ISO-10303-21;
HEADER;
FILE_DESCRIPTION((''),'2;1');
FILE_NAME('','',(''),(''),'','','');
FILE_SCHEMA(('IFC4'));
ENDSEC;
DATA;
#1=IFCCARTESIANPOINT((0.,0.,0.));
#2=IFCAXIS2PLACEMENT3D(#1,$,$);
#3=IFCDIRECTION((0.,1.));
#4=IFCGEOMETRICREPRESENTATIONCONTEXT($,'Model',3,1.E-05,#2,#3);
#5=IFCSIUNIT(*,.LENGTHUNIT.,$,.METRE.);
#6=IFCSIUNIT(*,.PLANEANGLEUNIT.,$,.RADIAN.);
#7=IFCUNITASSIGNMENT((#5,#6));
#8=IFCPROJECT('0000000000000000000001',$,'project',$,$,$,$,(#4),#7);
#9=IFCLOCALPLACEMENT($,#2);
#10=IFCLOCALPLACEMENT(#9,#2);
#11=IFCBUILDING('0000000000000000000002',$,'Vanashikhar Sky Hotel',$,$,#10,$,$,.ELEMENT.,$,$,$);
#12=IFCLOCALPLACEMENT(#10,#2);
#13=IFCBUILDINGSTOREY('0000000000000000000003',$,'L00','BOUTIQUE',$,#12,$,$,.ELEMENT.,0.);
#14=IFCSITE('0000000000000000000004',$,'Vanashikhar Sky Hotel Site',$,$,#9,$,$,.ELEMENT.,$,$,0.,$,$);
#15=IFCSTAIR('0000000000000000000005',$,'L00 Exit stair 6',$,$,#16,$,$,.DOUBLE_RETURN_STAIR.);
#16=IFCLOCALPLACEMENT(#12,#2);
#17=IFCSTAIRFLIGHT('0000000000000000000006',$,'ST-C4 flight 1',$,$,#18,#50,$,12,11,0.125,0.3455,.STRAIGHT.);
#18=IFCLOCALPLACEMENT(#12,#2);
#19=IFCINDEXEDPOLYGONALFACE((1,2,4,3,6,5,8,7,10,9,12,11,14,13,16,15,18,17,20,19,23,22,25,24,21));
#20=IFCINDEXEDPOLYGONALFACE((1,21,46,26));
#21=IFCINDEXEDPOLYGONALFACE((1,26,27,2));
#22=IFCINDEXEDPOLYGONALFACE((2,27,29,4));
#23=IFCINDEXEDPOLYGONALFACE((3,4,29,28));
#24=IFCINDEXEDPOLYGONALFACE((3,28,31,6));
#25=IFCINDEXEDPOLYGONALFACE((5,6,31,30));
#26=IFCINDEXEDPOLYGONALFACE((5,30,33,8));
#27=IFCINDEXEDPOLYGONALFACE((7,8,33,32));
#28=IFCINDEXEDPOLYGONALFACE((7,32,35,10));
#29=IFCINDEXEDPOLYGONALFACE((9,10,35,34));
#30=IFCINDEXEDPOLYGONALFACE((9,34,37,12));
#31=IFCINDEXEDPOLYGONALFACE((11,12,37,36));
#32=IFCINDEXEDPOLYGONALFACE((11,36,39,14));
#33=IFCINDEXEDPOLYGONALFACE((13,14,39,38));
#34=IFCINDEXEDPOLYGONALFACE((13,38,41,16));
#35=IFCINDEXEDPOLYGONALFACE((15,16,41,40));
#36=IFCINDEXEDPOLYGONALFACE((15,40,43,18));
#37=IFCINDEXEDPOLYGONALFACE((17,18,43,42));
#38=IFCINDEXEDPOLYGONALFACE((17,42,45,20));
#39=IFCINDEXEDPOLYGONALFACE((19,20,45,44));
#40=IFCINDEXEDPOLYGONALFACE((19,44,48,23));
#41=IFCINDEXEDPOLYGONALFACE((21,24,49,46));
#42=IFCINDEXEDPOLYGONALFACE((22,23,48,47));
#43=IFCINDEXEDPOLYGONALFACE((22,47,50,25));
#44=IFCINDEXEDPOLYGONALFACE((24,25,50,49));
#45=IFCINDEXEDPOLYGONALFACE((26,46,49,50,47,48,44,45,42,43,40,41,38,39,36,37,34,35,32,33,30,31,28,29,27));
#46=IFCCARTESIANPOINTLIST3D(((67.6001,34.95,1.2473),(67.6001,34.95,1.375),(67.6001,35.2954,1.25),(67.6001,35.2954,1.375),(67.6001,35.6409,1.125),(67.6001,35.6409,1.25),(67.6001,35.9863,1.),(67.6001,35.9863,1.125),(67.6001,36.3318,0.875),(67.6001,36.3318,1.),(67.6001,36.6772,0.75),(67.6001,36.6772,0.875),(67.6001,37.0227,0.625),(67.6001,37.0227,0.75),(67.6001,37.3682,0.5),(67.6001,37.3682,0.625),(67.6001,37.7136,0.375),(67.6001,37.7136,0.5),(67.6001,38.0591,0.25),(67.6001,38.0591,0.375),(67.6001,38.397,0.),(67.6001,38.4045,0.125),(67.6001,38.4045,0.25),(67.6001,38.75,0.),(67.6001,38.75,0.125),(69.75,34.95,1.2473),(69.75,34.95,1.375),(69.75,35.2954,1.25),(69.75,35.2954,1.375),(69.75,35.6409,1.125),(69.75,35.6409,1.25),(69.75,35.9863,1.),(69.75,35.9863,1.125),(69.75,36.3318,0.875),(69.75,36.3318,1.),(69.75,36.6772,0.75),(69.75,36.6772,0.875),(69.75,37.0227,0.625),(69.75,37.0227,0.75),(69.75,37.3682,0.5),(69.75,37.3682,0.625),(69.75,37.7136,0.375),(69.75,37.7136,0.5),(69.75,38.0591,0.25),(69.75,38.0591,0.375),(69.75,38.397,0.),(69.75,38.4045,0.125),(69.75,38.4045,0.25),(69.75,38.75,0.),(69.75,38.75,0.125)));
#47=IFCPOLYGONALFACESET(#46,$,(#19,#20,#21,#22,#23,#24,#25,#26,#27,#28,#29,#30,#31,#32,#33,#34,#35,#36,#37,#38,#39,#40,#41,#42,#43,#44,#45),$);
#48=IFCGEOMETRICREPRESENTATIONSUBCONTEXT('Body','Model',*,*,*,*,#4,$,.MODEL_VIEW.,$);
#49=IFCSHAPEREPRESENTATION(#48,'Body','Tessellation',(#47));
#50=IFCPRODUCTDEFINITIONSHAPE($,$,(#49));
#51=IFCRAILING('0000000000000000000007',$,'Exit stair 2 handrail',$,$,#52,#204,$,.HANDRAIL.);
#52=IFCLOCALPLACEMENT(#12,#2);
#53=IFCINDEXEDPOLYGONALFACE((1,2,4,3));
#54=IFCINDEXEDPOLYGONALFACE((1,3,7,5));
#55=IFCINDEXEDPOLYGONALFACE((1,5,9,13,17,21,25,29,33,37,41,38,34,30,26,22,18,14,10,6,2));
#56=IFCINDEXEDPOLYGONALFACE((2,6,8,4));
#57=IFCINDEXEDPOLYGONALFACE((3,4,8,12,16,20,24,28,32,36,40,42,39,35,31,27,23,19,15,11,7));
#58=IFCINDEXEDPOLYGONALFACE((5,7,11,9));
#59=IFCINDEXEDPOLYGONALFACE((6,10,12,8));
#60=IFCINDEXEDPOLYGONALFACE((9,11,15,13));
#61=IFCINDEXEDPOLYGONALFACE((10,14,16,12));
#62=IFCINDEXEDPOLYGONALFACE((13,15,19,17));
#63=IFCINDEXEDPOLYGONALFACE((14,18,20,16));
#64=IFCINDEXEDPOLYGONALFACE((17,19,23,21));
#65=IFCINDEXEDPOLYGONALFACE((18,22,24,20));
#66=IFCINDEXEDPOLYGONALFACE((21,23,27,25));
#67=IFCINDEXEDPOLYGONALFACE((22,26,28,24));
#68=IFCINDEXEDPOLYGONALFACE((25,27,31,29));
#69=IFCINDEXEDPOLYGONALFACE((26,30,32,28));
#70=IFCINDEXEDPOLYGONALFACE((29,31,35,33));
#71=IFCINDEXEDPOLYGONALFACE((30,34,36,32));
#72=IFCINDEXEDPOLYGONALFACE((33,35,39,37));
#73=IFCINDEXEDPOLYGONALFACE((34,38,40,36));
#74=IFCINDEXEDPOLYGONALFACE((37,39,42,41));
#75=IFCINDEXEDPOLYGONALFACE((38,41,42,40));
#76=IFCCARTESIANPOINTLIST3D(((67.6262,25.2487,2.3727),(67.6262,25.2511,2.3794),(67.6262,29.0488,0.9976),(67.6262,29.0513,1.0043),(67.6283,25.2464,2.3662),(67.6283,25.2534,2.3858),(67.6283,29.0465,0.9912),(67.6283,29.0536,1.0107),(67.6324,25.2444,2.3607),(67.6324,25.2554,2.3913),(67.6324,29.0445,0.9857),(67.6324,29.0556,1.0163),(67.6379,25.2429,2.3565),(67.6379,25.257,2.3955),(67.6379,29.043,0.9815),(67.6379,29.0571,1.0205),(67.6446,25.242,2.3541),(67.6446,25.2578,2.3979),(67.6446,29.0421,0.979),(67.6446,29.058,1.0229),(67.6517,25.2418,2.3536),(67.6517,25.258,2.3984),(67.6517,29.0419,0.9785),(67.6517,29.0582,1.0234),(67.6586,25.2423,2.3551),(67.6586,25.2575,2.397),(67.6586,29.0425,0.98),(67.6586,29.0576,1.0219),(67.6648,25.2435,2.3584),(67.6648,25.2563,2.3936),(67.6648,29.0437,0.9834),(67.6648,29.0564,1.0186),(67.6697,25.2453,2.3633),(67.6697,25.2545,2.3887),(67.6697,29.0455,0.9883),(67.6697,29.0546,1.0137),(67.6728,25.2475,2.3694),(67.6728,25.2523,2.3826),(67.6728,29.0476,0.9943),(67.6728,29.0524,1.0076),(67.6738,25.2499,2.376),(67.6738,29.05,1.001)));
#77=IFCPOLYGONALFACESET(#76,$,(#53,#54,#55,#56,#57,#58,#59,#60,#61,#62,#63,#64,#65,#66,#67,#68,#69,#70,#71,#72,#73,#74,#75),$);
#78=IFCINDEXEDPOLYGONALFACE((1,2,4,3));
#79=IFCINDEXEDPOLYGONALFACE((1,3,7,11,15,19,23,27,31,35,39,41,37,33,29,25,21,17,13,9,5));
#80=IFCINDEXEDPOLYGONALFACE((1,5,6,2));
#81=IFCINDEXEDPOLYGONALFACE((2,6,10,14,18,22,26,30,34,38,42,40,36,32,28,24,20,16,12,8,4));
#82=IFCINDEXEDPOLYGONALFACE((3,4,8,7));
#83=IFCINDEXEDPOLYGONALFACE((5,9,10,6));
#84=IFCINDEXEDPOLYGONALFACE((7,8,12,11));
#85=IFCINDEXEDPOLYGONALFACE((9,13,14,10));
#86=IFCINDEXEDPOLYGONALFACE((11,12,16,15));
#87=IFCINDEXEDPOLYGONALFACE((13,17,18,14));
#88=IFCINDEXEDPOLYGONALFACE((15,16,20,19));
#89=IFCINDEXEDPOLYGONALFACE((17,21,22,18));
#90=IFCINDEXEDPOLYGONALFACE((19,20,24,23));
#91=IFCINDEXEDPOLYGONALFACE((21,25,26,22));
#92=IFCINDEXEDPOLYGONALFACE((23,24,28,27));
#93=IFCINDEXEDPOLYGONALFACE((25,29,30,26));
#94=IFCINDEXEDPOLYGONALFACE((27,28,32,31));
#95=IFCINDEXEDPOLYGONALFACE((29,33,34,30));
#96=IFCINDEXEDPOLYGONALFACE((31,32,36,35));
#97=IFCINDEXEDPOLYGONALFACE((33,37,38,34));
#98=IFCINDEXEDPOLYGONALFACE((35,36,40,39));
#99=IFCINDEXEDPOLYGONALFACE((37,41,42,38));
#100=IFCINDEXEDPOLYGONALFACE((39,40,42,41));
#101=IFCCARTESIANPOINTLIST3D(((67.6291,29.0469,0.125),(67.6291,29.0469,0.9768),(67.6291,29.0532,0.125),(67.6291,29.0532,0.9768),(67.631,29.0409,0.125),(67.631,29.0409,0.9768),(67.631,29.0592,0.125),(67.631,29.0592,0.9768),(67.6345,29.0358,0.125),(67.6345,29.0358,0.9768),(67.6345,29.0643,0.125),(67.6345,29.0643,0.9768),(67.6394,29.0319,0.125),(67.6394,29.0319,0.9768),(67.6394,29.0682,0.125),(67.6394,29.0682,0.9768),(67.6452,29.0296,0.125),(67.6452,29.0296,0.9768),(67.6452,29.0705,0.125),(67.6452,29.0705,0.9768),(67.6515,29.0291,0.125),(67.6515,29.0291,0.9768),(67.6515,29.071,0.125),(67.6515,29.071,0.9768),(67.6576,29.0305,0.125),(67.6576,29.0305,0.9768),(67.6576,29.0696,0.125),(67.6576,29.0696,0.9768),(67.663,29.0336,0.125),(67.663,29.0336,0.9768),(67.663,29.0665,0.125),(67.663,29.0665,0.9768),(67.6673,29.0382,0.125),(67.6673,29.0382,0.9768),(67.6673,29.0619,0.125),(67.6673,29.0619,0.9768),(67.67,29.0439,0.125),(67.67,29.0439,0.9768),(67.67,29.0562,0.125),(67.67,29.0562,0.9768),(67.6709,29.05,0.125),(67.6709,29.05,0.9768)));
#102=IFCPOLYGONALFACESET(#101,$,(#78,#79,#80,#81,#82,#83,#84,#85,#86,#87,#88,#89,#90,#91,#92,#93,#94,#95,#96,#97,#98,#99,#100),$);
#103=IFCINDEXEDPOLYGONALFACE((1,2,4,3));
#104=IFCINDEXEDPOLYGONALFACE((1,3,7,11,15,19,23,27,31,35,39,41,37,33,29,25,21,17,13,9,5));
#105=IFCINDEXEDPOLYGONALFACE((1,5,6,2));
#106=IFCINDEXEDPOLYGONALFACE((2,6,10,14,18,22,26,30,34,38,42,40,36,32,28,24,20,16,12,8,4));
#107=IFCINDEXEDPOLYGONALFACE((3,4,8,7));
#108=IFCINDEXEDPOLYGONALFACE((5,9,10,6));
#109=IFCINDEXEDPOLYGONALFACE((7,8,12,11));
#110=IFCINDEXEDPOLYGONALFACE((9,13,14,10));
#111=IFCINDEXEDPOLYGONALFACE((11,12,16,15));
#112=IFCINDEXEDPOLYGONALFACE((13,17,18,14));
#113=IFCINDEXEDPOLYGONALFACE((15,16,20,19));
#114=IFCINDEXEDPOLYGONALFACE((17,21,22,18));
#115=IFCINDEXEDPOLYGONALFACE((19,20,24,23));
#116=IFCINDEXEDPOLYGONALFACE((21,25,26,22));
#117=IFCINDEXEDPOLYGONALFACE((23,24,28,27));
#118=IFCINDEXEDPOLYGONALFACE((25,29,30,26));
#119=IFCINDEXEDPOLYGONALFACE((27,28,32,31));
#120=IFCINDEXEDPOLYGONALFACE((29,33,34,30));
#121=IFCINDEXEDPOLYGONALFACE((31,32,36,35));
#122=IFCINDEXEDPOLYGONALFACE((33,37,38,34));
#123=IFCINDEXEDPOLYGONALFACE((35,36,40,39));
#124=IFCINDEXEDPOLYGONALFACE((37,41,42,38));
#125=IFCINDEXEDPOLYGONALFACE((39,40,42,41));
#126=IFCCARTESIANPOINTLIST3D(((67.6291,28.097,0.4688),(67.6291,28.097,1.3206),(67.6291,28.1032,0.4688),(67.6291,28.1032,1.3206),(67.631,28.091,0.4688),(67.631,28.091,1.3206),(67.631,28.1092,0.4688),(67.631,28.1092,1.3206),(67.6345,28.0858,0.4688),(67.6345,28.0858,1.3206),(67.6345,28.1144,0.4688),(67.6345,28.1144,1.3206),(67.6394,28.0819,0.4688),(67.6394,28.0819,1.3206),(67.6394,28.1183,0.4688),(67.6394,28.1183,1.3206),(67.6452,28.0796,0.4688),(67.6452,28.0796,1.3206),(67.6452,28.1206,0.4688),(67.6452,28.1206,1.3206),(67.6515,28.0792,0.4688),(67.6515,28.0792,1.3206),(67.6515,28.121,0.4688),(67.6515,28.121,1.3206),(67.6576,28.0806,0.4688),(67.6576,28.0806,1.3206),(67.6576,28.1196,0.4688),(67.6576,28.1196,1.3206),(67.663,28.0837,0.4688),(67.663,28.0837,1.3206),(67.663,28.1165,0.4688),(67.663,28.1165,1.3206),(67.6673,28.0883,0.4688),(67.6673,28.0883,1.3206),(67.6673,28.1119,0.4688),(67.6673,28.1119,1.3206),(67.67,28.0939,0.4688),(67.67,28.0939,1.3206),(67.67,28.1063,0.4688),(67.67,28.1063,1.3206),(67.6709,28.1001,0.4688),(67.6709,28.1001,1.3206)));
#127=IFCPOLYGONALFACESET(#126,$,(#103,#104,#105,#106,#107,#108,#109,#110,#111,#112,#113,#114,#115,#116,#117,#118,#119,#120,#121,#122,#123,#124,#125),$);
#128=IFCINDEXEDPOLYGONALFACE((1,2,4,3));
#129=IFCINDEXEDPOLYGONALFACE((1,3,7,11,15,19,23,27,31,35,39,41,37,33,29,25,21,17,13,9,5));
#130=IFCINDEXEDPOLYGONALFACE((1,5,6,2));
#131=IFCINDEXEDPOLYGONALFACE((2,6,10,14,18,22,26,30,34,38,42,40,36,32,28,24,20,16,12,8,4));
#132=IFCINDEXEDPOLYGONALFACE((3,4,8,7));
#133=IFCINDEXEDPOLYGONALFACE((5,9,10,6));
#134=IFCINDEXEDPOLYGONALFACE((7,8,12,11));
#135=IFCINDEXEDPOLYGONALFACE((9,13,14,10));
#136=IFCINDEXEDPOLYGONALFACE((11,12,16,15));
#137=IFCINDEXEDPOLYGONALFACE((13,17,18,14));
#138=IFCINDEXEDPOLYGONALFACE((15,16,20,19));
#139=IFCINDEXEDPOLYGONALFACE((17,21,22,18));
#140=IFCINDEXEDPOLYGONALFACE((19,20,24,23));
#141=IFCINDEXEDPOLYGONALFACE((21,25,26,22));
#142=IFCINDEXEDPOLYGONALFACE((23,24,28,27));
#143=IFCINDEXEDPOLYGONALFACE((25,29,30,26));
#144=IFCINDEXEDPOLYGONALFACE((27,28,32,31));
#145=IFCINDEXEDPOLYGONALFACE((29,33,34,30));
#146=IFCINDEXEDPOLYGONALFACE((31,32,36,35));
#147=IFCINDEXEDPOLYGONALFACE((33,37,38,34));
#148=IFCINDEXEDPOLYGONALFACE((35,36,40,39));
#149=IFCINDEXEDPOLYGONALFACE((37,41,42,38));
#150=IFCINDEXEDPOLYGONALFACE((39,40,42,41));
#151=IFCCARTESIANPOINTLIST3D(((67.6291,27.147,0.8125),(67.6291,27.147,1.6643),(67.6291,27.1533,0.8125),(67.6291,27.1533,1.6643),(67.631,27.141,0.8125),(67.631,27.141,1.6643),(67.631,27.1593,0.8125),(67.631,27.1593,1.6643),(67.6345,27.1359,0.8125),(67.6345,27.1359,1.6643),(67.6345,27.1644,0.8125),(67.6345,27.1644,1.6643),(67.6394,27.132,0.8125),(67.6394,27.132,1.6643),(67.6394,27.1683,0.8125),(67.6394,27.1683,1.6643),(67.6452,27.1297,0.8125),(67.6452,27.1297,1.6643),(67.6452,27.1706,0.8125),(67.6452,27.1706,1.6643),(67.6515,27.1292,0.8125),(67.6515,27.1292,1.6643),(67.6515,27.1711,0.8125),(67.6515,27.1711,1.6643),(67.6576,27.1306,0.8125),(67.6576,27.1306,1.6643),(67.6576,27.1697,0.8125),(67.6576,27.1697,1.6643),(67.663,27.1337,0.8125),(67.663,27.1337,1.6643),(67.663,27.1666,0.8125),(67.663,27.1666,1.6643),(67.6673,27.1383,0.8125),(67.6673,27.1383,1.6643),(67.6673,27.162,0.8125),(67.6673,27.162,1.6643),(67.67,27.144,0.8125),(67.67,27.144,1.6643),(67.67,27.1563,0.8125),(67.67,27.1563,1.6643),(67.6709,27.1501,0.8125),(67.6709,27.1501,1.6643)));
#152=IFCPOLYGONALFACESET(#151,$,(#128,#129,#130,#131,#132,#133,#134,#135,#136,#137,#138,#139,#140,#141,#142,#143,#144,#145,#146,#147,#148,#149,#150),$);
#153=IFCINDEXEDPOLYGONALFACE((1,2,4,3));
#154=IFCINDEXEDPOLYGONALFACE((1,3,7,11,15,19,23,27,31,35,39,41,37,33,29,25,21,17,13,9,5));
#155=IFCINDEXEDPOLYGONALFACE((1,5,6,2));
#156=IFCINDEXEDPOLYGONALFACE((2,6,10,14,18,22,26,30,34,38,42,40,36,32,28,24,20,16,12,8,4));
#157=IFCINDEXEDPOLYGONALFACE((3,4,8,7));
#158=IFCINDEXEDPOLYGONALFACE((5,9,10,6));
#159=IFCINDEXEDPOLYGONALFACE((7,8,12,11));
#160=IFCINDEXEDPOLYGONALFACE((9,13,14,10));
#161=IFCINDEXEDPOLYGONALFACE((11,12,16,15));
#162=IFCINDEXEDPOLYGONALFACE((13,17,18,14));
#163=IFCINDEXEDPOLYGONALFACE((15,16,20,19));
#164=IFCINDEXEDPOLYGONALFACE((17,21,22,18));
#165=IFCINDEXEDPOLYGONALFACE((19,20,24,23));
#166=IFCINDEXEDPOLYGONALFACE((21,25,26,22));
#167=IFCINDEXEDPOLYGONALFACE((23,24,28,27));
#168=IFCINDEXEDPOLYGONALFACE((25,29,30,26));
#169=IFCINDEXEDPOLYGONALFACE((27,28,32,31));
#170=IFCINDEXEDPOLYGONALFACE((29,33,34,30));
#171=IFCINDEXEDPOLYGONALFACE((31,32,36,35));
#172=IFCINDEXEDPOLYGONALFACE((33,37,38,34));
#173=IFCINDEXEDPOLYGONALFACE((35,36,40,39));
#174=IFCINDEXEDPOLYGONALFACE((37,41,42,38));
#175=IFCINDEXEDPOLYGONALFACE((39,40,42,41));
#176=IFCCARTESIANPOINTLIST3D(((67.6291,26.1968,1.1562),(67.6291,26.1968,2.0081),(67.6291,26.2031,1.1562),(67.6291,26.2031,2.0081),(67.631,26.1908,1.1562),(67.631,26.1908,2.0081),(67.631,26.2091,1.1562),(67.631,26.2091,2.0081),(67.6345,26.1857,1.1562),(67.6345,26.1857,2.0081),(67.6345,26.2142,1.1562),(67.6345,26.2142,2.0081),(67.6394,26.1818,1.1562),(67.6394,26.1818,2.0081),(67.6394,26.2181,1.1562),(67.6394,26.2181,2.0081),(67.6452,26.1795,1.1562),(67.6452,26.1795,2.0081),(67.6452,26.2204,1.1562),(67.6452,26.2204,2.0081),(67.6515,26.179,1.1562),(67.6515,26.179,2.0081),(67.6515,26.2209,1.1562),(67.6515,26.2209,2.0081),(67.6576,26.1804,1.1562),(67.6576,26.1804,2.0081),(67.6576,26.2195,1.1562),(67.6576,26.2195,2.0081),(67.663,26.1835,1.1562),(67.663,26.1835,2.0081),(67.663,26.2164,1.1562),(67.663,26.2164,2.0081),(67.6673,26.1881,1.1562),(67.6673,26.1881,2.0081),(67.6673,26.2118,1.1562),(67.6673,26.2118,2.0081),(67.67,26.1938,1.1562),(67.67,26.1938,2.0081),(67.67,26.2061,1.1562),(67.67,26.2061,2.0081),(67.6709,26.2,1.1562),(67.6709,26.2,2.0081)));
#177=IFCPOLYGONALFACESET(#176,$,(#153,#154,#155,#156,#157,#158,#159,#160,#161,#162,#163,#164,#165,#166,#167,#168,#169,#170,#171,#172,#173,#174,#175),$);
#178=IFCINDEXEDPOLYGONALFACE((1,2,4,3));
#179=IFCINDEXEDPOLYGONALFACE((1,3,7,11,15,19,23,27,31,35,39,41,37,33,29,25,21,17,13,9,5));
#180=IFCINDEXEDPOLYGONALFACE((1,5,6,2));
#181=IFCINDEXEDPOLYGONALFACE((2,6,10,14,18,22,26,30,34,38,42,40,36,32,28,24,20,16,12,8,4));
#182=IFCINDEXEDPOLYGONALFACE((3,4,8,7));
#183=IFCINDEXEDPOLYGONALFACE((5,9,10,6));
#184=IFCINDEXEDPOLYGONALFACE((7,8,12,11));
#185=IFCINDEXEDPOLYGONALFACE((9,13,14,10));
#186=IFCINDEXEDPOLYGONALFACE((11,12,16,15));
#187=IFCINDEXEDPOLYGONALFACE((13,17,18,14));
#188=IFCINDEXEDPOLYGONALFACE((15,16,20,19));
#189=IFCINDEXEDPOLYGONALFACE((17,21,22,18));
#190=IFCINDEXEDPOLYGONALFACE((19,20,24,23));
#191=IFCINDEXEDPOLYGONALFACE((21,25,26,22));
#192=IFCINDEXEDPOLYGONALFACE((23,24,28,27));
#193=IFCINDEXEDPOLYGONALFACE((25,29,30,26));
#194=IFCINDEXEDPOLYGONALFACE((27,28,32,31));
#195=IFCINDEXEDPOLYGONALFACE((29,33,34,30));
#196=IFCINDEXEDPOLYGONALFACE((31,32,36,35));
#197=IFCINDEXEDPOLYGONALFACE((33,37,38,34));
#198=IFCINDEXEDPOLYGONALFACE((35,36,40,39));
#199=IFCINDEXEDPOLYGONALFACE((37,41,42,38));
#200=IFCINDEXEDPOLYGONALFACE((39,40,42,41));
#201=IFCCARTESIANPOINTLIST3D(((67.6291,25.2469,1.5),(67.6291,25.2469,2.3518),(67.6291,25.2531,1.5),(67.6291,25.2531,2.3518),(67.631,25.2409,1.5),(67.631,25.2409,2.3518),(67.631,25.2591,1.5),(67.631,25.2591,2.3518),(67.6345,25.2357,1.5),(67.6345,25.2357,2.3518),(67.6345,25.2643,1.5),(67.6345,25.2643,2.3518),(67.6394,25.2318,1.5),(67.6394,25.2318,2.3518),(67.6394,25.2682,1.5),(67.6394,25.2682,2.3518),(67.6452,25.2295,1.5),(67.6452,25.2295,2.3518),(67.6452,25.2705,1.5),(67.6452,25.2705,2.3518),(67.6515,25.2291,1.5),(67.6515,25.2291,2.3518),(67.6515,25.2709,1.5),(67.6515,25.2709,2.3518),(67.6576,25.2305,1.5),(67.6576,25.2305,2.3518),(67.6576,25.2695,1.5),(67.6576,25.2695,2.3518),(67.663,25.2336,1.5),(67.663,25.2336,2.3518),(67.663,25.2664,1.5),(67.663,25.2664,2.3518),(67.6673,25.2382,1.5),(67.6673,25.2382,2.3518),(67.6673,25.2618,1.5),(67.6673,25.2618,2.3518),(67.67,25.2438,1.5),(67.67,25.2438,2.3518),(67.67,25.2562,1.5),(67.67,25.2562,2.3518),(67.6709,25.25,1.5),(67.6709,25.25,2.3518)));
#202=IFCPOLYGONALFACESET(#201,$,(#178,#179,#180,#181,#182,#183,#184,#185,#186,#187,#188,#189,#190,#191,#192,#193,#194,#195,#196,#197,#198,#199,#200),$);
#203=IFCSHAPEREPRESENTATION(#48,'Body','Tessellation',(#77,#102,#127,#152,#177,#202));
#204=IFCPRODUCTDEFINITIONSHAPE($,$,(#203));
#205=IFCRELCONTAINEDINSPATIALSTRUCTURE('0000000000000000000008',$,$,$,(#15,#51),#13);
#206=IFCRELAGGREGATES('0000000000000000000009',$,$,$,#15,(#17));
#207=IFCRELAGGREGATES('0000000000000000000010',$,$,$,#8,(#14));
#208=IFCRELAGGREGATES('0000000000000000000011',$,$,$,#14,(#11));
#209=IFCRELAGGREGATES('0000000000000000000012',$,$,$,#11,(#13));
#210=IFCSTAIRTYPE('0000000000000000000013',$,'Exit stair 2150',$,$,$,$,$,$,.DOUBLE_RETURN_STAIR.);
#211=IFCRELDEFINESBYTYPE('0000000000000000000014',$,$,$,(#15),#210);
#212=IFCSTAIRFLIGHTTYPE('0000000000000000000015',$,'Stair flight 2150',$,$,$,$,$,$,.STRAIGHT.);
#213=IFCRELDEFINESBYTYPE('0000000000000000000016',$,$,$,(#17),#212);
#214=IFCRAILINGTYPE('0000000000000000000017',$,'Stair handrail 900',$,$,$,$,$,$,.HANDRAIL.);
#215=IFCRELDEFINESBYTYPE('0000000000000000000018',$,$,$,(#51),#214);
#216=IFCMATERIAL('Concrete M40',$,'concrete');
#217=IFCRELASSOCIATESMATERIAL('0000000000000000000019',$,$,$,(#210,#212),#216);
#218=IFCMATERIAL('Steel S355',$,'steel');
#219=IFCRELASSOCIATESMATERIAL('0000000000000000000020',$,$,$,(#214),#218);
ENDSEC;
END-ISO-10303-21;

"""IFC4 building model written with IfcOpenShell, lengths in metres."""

from ifc_helpers import new_model, si_unit, direction, frame, origin, origin_2d, place, context, subcontext, project, spatial, polyline, circle, outline, extrude, source, transform, mapped, material, type_object, element, aggregate, save


model = new_model("IFC4")

# Units and contexts
model_context = context("Model", 3, precision=1e-05, world=origin(), true_north=direction((0.0, 1.0)))
body_context = subcontext(model_context, "Body", "Model", "MODEL_VIEW")
ifc_project = project(units=[si_unit("LENGTHUNIT", "METRE"), si_unit("PLANEANGLEUNIT", "RADIAN")], contexts=[model_context])

# Site, building, storey
site_placement = place(None, origin())
site = spatial("IfcSite", under=ifc_project, at=site_placement, Name="Vanashikhar Sky Hotel Site", CompositionType="ELEMENT", RefElevation=0.0)
building_placement = place(site_placement, origin())
building = spatial("IfcBuilding", under=site, at=building_placement, Name="Vanashikhar Sky Hotel", CompositionType="ELEMENT")
storey_placement = place(building_placement, origin())
storey = spatial("IfcBuildingStorey", under=building, at=storey_placement, Name="L00", Description="BOUTIQUE", CompositionType="ELEMENT", Elevation=0.0)

# Shared definitions
ifc_material_1 = material(Name="Concrete M40", Category="concrete")

# Shared definitions
stair_type = type_object("IfcStairType", Name="Exit stair 2150", PredefinedType="DOUBLE_RETURN_STAIR", material=ifc_material_1)
stair_flight_type = type_object("IfcStairFlightType", Name="Stair flight 2150", PredefinedType="STRAIGHT", material=ifc_material_1)
shared_shape_1 = source(origin(), body_context, "Body", "SweptSolid", [
    extrude(outline(polyline([(0.0, 0.0), (0.0, 0.125), (0.3455, 0.125), (0.3455, 0.25), (0.6909, 0.25), (0.6909, 0.375), (1.0364, 0.375), (1.0364, 0.5), (1.3818, 0.5), (1.3818, 0.625), (1.7273, 0.625), (1.7273, 0.75), (2.0728, 0.75), (2.0728, 0.875), (2.4182, 0.875), (2.4182, 1.0), (2.7637, 1.0), (2.7637, 1.125), (3.1091, 1.125), (3.1091, 1.25), (3.4546, 1.25), (3.4546, 1.375), (3.8, 1.375), (3.8, 1.5), (3.8, 1.2473), (0.353, 0.0), (0.0, 0.0)])), frame((0.0, 1.075, 0.0), z_axis=(0.0, -1.0, 0.0), x_axis=(1.0, 0.0, 0.0)), (0.0, 0.0, 1.0), 2.1499),
])

# Stair, stair flight
stair_1_placement = place(storey_placement, origin())
stair_1 = element("IfcStair", 1, at=stair_1_placement, inside=storey, type_object=stair_type, Name="L00 Exit stair 6", PredefinedType="DOUBLE_RETURN_STAIR")
stair_flight_1_placement = place(storey_placement, frame((68.675, 38.75, 0.0), z_axis=(0.0, 0.0, 1.0), x_axis=(0.0, -1.0, 0.0)))
stair_flight_1 = element("IfcStairFlight", 2, at=stair_flight_1_placement, type_object=stair_flight_type, Name="ST-C4 flight 1", NumberOfRisers=12, NumberOfTreads=11, PredefinedType="STRAIGHT", RiserHeight=0.125, TreadLength=0.3455, context=body_context, shape_type="MappedRepresentation", body=[
    mapped(shared_shape_1, transform((0.0, 0.0, 0.0), scale=1.0)),
])
aggregate(stair_1, [stair_flight_1])

# Railing
ifc_material_2 = material(Name="Steel S355", Category="steel")
railing_type = type_object("IfcRailingType", Name="Stair handrail 900", PredefinedType="HANDRAIL", material=ifc_material_2)
shared_shape_2 = source(origin(), body_context, "Body", "SweptSolid", [
    extrude(circle(Radius=0.0239, at=origin_2d()), frame((0.0, 0.0, 0.876), z_axis=(0.0, -0.940336, 0.340249), x_axis=(1.0, 0.0, 0.0)), (0.0, 0.0, 1.0), 4.0413),
    extrude(circle(Radius=0.021, at=origin_2d()), origin(), (0.0, 0.0, 1.0), 0.8518),
    extrude(circle(Radius=0.021, at=origin_2d()), frame((0.0, -0.95, 0.3438)), (0.0, 0.0, 1.0), 0.8518),
    extrude(circle(Radius=0.021, at=origin_2d()), frame((0.0, -1.8999, 0.6875)), (0.0, 0.0, 1.0), 0.8518),
    extrude(circle(Radius=0.021, at=origin_2d()), frame((0.0, -2.8501, 1.0312)), (0.0, 0.0, 1.0), 0.8518),
    extrude(circle(Radius=0.021, at=origin_2d()), frame((0.0, -3.8, 1.375)), (0.0, 0.0, 1.0), 0.8518),
])
for number, where, name in (
    (3, (67.6499, 29.05, 0.125), "Exit stair 2 handrail"),
):
    element("IfcRailing", number, at=place(storey_placement, frame(where)), inside=storey, type_object=railing_type, Name=name, PredefinedType="HANDRAIL", context=body_context, shape_type="MappedRepresentation", body=[
        mapped(shared_shape_2, transform((0.0, 0.0, 0.0), scale=1.0)),
    ])

save(model, "model.ifc")
